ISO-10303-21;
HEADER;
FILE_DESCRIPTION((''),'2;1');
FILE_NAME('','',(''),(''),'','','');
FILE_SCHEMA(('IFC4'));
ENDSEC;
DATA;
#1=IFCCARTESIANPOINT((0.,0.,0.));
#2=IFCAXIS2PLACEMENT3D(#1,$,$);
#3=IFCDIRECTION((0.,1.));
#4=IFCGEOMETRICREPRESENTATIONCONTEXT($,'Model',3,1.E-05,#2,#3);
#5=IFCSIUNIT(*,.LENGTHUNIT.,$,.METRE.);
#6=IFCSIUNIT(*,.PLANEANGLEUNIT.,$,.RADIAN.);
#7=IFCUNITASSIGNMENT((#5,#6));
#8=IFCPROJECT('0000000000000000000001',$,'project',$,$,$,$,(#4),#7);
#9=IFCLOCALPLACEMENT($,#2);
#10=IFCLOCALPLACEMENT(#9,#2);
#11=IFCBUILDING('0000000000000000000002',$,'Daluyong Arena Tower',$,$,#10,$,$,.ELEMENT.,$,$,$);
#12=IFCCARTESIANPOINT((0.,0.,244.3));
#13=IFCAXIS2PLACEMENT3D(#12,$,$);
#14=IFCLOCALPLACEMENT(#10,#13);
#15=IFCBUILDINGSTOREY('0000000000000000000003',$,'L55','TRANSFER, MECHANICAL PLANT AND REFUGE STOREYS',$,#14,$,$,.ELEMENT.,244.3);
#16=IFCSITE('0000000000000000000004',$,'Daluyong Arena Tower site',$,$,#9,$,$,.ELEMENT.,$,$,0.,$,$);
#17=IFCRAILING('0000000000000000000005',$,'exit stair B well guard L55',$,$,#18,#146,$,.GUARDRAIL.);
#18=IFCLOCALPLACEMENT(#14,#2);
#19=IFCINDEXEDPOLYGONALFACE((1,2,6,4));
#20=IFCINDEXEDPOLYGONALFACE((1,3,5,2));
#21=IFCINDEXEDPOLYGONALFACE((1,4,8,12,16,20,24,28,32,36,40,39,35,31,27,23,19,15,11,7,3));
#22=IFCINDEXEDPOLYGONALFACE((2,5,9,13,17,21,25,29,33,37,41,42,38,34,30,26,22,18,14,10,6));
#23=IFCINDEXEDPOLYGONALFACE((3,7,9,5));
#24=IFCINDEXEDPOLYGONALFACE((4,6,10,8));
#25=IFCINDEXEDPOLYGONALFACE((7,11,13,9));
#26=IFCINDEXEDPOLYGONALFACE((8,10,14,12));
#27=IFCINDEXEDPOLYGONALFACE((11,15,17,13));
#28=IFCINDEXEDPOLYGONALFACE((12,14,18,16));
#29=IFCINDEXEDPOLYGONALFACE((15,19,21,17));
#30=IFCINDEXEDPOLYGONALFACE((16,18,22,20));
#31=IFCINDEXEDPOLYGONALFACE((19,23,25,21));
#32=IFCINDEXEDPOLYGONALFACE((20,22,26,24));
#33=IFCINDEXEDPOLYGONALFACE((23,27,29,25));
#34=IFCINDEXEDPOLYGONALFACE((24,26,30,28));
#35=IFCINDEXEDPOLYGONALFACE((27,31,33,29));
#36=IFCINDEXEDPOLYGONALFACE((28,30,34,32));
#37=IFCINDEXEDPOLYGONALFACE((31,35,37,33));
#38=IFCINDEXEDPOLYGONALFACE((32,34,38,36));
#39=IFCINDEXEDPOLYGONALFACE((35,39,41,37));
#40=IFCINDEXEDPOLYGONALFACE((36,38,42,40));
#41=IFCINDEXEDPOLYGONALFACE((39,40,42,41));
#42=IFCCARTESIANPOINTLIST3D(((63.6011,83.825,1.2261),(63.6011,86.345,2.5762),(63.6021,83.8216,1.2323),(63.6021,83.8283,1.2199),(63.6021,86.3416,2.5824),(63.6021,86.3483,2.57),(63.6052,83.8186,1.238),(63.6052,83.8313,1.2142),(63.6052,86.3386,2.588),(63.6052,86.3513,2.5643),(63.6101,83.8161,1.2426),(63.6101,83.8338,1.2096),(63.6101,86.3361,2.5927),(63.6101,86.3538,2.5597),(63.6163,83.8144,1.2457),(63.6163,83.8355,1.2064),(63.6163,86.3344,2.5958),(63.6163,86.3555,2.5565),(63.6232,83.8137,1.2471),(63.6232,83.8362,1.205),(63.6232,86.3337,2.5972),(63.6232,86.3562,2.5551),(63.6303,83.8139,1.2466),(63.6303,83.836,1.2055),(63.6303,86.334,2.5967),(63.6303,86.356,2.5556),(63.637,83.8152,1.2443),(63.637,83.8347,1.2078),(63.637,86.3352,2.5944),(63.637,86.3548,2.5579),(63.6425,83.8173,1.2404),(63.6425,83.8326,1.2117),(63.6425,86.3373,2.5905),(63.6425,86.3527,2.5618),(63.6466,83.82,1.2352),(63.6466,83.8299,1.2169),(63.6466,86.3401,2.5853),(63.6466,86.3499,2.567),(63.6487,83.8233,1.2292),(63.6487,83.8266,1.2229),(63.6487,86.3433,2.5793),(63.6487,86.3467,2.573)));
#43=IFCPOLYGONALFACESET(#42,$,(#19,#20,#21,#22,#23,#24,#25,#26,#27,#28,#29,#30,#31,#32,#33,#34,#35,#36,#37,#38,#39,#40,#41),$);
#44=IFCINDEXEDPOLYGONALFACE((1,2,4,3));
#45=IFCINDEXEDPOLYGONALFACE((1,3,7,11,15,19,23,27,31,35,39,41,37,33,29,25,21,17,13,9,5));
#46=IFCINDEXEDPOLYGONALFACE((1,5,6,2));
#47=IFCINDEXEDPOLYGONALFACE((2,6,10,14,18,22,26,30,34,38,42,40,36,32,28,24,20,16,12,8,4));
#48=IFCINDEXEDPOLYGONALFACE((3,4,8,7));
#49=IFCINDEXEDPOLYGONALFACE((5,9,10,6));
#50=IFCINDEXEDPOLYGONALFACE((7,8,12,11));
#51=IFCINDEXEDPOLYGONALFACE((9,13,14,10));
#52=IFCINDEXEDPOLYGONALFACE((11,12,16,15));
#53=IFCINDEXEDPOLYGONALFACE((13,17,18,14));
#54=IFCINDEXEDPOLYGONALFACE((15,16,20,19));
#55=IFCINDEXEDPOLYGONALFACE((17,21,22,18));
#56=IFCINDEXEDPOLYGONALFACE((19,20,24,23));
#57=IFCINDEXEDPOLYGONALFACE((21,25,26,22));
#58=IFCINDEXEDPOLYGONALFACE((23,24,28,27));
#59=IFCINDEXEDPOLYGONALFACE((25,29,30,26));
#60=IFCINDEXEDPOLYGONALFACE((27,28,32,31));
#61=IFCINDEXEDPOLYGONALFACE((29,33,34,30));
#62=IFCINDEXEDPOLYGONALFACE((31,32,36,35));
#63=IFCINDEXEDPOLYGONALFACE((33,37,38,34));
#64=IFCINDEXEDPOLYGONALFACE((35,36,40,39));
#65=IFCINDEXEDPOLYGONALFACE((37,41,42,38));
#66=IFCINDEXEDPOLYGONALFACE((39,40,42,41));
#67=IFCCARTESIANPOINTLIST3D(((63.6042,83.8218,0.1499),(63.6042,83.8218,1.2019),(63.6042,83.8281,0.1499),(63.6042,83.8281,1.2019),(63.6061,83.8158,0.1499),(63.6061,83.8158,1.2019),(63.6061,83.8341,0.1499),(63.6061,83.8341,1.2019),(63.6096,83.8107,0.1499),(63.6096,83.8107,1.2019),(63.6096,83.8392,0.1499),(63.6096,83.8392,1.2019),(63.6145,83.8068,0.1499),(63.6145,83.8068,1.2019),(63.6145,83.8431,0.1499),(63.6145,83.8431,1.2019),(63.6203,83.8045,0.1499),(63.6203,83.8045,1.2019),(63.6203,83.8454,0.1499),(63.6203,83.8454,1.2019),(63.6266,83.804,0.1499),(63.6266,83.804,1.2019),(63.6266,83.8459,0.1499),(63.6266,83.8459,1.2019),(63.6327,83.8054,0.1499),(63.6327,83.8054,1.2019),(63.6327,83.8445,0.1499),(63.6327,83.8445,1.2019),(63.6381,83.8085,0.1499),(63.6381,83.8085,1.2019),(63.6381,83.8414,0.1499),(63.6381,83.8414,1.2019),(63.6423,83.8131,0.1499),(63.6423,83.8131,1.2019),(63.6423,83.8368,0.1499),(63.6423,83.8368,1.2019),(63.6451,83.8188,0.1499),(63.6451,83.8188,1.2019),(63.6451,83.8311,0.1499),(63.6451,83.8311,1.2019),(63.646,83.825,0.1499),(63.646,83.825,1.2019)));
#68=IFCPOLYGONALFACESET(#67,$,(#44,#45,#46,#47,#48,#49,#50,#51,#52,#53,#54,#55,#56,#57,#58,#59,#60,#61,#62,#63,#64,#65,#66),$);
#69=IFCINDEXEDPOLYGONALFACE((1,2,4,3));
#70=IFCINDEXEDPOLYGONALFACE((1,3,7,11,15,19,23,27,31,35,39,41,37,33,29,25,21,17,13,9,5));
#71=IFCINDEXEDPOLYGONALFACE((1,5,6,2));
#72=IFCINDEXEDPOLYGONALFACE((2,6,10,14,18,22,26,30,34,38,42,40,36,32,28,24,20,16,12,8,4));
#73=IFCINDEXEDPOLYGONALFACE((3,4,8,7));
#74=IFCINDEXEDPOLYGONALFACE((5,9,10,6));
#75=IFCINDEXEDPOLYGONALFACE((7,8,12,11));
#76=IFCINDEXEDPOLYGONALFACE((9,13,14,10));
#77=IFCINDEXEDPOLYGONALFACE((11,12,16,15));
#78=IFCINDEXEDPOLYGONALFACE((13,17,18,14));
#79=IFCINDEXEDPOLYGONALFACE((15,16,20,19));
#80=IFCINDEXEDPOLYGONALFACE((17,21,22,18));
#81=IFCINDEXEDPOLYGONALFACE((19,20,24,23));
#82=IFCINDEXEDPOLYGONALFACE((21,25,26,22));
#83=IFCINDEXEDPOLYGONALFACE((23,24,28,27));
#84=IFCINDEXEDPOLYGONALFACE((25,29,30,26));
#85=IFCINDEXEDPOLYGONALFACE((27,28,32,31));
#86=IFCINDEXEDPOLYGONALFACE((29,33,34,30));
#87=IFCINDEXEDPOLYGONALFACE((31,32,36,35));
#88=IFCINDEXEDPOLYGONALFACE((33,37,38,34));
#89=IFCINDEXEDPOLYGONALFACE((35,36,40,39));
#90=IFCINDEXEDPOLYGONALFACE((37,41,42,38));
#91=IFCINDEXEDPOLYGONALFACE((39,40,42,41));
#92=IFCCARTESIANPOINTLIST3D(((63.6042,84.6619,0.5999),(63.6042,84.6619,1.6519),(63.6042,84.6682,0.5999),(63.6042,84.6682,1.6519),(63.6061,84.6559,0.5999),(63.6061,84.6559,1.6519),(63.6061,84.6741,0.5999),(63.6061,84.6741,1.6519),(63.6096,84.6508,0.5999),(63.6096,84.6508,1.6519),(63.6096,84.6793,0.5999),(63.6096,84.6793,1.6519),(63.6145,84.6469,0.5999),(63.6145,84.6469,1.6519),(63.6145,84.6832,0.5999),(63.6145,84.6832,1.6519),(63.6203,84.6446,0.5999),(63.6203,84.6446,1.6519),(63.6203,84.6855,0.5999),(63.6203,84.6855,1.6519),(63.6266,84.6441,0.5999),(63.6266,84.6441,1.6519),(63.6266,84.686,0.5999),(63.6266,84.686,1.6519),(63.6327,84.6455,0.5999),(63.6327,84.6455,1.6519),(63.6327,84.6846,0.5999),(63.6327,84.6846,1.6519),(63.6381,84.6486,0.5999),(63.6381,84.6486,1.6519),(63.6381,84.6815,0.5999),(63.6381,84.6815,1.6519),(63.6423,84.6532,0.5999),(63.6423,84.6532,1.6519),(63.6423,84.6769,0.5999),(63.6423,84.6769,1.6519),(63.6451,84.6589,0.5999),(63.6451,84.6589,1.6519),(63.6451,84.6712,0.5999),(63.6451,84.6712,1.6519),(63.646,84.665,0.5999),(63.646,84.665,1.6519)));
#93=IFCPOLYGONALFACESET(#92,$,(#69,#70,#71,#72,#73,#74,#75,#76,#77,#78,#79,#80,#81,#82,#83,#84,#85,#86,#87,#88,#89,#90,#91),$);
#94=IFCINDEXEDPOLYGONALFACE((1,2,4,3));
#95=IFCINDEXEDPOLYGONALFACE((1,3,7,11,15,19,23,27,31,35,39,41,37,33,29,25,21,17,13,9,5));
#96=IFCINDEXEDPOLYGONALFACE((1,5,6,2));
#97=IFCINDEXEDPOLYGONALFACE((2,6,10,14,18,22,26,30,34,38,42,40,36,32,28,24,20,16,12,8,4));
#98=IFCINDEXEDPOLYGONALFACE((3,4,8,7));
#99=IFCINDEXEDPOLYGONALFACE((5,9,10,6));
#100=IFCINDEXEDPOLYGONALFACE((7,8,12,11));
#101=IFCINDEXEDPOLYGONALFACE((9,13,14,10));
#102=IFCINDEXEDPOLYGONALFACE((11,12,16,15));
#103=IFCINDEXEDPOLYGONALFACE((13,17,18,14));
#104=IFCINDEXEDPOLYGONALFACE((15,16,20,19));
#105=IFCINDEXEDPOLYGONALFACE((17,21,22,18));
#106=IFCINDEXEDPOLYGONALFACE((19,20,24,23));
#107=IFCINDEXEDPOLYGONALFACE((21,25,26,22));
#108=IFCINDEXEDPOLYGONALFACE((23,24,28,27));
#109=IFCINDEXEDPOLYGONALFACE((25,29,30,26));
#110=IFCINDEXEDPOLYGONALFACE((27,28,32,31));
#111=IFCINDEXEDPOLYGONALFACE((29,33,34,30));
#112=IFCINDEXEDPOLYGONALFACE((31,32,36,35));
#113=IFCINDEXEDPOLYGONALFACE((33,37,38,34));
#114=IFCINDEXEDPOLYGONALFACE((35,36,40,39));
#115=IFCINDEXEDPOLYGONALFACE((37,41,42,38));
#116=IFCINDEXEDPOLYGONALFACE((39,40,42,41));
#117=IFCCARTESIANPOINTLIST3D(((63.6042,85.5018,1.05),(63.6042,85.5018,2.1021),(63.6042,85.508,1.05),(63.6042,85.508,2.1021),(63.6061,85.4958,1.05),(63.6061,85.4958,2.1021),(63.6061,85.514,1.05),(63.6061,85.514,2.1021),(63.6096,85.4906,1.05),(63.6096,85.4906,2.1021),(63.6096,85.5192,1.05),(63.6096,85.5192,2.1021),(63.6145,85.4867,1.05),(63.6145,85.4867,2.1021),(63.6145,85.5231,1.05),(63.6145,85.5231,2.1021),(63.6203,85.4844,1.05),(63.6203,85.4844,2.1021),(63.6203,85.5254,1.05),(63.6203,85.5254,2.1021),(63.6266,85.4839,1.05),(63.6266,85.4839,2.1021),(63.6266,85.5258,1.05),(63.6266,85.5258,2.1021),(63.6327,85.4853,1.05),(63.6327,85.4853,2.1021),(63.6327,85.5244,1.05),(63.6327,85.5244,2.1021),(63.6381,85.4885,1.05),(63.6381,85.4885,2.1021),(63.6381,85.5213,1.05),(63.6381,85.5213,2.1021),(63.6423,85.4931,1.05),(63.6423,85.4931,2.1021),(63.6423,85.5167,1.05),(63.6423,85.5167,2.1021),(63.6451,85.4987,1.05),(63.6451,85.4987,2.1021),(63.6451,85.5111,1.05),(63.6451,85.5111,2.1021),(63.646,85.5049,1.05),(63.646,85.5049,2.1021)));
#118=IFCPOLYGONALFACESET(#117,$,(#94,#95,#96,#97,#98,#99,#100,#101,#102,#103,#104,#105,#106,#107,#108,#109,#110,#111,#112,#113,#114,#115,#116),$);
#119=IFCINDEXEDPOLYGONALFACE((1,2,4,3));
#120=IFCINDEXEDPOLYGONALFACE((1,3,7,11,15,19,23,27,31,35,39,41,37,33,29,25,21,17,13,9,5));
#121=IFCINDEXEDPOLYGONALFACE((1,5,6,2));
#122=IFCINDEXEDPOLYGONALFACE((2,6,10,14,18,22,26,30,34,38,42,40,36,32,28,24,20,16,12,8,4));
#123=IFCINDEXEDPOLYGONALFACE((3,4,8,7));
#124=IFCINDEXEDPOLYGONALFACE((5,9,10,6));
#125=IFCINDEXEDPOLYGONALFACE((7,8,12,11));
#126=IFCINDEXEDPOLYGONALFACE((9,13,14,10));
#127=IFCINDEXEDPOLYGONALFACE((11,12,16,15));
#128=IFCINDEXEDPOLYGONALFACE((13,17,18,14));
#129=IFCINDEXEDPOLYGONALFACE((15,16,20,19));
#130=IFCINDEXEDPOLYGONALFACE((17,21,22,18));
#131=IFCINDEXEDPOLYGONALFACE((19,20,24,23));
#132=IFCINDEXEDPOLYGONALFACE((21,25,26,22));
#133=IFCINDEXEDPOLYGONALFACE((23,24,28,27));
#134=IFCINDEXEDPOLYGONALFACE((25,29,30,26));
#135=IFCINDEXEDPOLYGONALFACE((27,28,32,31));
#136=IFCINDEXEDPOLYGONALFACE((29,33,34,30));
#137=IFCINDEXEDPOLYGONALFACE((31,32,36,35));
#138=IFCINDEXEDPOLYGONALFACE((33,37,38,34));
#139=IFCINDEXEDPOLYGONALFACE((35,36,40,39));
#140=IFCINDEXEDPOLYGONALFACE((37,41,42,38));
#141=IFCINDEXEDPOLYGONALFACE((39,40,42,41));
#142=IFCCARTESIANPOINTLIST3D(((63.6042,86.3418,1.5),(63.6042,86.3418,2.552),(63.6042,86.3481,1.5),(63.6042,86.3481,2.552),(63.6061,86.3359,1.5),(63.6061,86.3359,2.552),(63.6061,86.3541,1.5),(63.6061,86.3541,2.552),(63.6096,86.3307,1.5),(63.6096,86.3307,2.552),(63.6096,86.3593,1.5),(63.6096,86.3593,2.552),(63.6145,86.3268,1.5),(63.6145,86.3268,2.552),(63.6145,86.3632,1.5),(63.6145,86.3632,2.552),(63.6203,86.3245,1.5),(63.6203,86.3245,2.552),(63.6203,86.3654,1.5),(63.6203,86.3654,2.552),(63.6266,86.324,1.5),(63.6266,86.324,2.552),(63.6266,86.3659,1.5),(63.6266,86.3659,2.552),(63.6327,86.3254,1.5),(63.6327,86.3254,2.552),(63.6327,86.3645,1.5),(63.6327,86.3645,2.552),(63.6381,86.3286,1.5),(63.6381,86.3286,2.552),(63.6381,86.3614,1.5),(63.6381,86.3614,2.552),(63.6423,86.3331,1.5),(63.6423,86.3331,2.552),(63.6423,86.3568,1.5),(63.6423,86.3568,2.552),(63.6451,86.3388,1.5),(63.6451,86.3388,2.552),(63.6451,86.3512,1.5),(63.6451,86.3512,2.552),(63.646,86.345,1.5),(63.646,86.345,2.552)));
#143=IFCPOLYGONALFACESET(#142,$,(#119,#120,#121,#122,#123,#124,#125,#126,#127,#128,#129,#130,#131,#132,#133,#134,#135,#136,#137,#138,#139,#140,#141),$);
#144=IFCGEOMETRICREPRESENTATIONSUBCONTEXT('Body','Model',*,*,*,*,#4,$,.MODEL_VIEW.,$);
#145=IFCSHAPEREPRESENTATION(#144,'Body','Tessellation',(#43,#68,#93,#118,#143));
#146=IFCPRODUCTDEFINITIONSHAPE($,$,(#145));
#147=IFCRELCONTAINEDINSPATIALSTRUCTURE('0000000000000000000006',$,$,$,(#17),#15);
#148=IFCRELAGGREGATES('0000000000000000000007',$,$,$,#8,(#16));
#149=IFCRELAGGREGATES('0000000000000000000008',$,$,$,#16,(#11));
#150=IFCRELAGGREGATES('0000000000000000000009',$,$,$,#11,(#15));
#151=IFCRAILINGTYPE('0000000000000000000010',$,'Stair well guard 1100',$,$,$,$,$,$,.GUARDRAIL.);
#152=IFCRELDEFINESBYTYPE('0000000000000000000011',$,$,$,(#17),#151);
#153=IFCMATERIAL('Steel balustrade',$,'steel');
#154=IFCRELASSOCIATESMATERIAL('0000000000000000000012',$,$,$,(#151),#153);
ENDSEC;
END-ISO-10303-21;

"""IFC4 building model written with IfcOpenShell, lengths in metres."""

from ifc_helpers import new_model, si_unit, direction, frame, origin, origin_2d, place, context, subcontext, project, spatial, circle, extrude, material, type_object, element, save


model = new_model("IFC4")

# Units and contexts
model_context = context("Model", 3, precision=1e-05, world=origin(), true_north=direction((0.0, 1.0)))
body_context = subcontext(model_context, "Body", "Model", "MODEL_VIEW")
ifc_project = project(units=[si_unit("LENGTHUNIT", "METRE"), si_unit("PLANEANGLEUNIT", "RADIAN")], contexts=[model_context])

# Site, building, storey
site_placement = place(None, origin())
site = spatial("IfcSite", under=ifc_project, at=site_placement, Name="Daluyong Arena Tower site", CompositionType="ELEMENT", RefElevation=0.0)
building_placement = place(site_placement, origin())
building = spatial("IfcBuilding", under=site, at=building_placement, Name="Daluyong Arena Tower", CompositionType="ELEMENT")
storey_placement = place(building_placement, frame((0.0, 0.0, 244.3)))
storey = spatial("IfcBuildingStorey", under=building, at=storey_placement, Name="L55", Description="TRANSFER, MECHANICAL PLANT AND REFUGE STOREYS", CompositionType="ELEMENT", Elevation=244.3)

# Railing
ifc_material_1 = material(Name="Steel balustrade", Category="steel")
railing_type_1 = type_object("IfcRailingType", Name="Stair well guard 1100", PredefinedType="GUARDRAIL", material=ifc_material_1)
for number, where, name in (
    (1, (63.625, 83.825, 0.1499), "exit stair B well guard L55"),
):
    element("IfcRailing", number, at=place(storey_placement, frame(where)), inside=storey, type_object=railing_type_1, Name=name, PredefinedType="GUARDRAIL", context=body_context, shape_type="SweptSolid", body=[
        extrude(circle(Radius=0.0239, at=origin_2d()), frame((0.0, 0.0, 1.0762), z_axis=(0.0, 0.881467, 0.472245), x_axis=(-1.0, 0.0, 0.0)), (0.0, 0.0, 1.0), 2.8589),
        extrude(circle(Radius=0.021, at=origin_2d()), origin(), (0.0, 0.0, 1.0), 1.052),
        extrude(circle(Radius=0.021, at=origin_2d()), frame((0.0, 0.8401, 0.45)), (0.0, 0.0, 1.0), 1.052),
        extrude(circle(Radius=0.021, at=origin_2d()), frame((0.0, 1.6799, 0.9001)), (0.0, 0.0, 1.0), 1.052),
        extrude(circle(Radius=0.021, at=origin_2d()), frame((0.0, 2.52, 1.3501)), (0.0, 0.0, 1.0), 1.052),
    ])

save(model, "model.ifc")
